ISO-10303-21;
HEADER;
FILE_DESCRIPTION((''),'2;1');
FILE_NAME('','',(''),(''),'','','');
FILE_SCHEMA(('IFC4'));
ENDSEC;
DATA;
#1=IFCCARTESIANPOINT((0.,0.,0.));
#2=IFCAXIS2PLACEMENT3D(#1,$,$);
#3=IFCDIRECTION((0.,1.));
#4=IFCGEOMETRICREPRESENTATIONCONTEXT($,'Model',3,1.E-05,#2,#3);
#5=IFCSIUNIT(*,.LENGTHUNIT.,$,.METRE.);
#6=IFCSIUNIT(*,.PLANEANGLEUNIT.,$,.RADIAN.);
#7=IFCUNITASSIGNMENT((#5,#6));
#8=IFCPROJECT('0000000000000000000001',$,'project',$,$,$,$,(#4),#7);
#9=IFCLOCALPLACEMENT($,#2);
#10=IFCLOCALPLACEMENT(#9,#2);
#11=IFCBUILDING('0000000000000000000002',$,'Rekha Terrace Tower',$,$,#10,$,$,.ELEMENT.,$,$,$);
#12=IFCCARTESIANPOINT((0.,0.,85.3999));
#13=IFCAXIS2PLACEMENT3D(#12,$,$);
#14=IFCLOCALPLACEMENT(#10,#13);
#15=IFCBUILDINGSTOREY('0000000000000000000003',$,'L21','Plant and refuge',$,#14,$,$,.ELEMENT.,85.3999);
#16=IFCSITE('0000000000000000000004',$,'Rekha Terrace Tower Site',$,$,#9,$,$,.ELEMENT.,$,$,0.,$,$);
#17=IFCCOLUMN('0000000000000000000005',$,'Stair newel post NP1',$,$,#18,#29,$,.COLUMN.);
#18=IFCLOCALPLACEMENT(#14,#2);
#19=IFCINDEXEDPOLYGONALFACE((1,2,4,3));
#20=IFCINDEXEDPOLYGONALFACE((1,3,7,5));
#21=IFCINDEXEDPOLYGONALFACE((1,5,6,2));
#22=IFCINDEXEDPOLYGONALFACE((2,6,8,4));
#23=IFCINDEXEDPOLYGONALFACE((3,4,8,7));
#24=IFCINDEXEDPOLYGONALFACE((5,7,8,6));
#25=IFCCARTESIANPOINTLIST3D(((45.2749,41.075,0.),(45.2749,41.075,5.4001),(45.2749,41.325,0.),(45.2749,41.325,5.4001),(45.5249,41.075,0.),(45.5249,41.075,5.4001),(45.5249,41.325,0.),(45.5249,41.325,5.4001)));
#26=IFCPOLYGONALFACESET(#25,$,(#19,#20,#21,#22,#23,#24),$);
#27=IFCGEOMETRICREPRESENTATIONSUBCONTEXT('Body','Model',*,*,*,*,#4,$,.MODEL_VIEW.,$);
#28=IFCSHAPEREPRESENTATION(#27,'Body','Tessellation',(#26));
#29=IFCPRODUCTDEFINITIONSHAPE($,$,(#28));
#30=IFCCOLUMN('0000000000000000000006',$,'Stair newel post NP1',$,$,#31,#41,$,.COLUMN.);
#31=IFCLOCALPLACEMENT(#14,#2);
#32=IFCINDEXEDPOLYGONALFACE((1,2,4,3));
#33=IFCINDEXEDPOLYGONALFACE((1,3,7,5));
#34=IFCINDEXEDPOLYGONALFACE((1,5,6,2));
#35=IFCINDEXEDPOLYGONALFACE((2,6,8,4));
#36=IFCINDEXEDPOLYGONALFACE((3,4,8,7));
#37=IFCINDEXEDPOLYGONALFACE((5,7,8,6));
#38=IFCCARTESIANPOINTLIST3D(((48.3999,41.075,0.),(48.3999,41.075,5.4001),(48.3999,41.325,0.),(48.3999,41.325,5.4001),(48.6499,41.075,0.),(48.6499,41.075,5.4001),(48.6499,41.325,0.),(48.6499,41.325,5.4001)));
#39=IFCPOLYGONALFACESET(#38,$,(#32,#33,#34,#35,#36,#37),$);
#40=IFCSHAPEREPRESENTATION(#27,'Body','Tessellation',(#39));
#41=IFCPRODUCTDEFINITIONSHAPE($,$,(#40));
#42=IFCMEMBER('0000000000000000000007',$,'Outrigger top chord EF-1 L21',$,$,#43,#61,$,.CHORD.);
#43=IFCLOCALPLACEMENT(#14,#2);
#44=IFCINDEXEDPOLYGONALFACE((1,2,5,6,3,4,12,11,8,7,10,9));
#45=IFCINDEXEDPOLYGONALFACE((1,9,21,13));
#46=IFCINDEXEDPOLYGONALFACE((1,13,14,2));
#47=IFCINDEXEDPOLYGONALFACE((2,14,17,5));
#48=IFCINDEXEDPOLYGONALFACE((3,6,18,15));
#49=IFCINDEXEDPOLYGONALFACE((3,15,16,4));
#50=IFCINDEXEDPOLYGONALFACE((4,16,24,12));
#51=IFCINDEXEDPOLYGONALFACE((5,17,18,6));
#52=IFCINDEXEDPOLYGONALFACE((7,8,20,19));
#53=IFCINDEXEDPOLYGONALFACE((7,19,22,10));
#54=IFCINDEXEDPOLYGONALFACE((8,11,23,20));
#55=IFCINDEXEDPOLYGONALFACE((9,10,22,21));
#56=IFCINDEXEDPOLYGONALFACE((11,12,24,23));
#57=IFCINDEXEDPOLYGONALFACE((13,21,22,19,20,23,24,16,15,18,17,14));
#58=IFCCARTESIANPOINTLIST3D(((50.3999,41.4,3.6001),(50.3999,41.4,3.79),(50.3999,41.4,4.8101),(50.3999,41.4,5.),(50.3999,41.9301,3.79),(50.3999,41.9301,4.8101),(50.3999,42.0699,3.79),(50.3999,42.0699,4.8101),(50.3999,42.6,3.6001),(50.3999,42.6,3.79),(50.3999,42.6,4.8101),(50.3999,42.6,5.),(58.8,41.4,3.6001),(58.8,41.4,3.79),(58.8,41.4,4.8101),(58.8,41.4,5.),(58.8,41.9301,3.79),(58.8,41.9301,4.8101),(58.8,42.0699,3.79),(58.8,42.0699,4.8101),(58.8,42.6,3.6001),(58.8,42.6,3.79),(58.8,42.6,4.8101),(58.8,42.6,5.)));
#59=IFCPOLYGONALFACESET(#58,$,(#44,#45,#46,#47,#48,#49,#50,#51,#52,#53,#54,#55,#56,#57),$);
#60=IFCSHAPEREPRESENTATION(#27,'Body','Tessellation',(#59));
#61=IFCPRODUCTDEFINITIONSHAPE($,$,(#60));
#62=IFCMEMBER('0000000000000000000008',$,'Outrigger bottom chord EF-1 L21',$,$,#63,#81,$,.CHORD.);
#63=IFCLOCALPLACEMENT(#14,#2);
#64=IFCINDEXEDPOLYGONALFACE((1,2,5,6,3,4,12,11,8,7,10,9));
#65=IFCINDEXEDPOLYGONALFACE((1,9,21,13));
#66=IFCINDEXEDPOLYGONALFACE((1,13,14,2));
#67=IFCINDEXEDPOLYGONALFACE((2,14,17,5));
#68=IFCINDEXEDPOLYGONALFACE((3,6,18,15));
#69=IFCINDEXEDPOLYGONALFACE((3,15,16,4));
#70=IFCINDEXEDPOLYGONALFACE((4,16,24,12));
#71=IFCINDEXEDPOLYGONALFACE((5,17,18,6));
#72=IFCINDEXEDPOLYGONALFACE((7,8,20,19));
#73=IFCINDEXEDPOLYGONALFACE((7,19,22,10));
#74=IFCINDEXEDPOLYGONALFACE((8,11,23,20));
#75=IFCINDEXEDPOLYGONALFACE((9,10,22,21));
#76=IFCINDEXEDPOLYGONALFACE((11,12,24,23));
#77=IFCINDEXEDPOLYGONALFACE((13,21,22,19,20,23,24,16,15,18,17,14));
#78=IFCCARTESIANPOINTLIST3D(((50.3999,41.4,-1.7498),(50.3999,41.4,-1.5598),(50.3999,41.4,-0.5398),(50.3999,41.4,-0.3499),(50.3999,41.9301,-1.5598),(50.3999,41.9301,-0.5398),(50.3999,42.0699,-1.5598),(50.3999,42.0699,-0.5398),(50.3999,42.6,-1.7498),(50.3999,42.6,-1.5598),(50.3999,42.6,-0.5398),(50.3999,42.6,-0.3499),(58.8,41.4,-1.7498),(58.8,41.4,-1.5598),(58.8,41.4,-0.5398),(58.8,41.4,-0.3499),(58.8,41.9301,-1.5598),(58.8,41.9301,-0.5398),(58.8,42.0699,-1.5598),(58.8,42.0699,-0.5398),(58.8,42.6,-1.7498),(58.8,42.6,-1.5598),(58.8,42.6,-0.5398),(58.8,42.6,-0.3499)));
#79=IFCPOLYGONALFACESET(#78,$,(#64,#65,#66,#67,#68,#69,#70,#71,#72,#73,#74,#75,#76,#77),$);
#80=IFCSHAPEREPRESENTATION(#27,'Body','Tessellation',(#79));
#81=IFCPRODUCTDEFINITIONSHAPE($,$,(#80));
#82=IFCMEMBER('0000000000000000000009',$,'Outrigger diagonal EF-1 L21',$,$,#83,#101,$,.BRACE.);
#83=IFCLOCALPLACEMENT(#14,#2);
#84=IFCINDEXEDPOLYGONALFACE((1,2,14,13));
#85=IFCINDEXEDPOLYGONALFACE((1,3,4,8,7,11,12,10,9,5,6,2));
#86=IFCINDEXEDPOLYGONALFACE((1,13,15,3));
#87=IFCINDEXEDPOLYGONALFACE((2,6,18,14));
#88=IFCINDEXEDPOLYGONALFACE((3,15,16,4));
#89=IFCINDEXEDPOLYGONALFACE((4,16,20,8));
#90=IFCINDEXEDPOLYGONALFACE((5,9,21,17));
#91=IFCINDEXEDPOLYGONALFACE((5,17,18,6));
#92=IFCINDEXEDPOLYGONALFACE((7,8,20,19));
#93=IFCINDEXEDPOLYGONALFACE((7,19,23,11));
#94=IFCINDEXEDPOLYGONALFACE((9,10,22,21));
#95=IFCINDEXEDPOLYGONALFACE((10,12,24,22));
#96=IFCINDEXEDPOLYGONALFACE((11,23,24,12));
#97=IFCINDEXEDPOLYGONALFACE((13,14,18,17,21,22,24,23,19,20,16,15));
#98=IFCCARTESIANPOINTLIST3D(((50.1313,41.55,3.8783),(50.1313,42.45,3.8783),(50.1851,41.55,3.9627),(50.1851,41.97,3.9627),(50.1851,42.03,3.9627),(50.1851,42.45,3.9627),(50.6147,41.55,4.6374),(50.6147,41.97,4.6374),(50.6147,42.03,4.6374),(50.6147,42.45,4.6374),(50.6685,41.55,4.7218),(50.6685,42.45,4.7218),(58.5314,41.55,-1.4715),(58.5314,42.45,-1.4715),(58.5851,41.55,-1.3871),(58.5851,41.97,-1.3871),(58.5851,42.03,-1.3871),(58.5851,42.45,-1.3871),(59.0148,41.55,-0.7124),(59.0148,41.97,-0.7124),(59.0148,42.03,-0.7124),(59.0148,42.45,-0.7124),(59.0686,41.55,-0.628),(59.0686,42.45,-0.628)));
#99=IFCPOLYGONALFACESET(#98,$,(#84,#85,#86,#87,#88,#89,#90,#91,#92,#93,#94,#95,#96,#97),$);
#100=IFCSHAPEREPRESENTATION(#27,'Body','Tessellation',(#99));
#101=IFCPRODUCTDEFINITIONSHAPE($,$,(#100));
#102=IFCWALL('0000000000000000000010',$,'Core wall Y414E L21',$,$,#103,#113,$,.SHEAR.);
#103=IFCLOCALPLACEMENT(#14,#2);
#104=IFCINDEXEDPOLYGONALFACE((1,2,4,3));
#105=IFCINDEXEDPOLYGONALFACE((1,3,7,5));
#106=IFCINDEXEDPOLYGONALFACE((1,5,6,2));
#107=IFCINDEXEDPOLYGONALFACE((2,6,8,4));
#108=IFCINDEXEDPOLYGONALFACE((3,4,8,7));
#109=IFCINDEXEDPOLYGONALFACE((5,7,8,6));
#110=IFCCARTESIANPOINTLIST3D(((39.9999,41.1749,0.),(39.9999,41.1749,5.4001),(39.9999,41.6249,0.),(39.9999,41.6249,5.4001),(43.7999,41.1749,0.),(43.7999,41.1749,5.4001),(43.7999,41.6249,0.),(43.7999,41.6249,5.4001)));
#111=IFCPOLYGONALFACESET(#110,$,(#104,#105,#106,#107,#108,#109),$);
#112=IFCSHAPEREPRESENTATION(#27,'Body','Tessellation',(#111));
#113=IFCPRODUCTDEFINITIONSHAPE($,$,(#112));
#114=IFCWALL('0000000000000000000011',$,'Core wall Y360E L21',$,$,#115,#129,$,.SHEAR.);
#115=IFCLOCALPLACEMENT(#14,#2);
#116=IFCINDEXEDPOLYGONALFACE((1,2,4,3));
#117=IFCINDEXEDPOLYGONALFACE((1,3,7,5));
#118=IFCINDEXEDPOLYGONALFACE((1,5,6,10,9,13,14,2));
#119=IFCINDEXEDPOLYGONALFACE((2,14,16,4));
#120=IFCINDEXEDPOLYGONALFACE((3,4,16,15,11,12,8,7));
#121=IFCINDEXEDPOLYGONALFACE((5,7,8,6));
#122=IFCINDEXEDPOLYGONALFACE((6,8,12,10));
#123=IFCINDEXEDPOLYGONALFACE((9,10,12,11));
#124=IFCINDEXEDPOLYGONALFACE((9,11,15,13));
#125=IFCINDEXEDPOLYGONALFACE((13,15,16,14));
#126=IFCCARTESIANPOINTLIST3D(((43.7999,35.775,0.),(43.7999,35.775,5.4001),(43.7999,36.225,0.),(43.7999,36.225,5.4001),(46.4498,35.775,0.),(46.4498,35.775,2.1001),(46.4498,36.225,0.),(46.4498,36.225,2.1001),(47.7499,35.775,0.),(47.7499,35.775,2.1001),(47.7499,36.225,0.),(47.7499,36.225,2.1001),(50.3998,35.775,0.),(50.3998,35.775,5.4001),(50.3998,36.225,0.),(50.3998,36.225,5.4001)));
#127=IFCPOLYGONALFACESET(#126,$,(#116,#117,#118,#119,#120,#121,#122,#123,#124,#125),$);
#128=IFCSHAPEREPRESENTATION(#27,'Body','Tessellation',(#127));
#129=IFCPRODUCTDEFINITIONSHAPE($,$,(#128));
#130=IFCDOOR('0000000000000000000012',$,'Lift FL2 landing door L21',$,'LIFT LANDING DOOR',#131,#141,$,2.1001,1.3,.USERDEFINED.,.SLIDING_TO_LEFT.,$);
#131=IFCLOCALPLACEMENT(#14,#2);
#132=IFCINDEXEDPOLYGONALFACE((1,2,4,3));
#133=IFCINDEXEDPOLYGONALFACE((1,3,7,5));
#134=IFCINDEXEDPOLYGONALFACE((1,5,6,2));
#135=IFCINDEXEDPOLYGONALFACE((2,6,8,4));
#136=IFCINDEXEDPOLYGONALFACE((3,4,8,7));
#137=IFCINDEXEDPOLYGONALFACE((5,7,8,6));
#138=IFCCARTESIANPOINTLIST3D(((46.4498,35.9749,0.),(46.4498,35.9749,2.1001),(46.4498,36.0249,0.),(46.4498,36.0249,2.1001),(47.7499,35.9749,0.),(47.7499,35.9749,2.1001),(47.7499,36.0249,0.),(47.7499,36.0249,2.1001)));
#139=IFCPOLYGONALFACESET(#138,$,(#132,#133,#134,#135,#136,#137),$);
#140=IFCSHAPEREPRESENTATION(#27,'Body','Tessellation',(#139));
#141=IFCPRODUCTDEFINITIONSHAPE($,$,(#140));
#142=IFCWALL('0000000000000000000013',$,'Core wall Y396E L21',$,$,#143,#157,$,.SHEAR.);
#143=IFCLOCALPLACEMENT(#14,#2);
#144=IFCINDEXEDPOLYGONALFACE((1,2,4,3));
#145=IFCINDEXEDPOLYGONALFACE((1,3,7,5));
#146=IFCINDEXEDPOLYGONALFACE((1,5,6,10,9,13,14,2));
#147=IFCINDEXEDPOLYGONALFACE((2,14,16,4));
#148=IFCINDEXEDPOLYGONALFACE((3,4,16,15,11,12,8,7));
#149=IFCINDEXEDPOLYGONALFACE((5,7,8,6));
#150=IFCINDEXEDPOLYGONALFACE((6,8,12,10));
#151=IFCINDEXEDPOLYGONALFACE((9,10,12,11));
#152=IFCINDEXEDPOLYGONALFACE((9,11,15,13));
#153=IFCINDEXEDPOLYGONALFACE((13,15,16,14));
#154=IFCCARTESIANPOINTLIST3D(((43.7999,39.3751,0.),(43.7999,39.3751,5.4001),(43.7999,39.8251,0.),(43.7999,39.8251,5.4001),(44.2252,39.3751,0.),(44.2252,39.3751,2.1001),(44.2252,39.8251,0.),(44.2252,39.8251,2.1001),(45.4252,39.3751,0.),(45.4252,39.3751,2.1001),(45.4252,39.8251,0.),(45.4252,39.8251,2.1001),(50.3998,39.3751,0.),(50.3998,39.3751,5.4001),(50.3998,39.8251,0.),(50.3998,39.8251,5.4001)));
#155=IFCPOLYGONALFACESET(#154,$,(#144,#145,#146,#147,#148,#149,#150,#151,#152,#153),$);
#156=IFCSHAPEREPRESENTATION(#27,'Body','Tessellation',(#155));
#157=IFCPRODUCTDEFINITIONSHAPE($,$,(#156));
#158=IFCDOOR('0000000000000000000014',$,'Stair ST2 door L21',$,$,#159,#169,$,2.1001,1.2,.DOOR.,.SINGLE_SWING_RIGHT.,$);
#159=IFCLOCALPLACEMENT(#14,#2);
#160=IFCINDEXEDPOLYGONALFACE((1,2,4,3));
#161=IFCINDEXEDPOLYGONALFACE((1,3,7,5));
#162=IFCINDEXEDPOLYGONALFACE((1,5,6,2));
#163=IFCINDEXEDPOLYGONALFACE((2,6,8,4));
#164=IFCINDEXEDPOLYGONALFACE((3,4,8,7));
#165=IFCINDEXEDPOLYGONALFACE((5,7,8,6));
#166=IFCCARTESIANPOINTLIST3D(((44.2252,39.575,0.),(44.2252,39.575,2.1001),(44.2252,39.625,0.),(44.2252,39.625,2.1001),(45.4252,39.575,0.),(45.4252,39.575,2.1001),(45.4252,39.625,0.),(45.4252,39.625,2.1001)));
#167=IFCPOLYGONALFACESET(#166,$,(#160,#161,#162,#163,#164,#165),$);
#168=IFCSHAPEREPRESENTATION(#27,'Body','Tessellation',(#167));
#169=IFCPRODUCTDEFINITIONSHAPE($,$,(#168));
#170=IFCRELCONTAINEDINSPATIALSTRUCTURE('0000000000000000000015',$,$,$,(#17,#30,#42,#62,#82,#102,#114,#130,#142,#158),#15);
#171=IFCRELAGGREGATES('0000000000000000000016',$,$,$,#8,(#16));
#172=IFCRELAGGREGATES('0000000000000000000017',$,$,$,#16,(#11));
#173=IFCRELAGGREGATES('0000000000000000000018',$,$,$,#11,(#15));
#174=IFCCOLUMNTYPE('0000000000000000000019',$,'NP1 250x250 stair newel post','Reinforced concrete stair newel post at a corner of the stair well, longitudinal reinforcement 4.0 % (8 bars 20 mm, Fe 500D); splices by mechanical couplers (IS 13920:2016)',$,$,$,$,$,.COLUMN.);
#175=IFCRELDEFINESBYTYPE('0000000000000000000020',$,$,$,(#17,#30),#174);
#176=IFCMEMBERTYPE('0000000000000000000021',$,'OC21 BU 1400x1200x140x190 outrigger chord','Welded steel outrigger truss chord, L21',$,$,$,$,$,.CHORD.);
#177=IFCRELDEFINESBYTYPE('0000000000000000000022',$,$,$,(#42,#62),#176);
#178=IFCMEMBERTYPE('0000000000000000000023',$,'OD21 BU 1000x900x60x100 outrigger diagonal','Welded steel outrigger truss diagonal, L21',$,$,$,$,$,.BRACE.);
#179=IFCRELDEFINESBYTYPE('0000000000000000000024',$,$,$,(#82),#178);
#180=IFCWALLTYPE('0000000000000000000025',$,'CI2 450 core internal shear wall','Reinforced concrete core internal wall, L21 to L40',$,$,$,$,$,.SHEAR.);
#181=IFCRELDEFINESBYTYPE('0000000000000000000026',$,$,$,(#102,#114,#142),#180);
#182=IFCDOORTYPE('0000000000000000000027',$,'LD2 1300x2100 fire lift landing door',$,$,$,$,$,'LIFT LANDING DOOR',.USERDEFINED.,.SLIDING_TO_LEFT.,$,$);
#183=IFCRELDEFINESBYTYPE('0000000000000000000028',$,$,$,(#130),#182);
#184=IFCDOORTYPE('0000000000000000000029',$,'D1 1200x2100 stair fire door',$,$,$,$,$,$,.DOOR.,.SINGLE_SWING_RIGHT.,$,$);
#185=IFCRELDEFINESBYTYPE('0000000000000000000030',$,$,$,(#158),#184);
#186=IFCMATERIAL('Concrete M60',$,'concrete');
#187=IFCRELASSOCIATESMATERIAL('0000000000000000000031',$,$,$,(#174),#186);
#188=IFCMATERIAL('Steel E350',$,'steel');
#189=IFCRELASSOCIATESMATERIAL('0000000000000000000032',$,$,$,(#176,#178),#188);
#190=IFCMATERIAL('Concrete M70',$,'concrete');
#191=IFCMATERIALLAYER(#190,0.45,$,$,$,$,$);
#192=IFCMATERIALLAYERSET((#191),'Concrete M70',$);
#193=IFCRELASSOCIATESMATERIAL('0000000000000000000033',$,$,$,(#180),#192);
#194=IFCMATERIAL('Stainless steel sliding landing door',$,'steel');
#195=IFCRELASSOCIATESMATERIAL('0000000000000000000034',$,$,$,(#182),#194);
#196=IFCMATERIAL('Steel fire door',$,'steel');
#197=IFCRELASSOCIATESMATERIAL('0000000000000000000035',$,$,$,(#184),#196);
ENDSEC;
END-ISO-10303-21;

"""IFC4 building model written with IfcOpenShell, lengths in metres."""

from ifc_helpers import new_model, si_unit, direction, frame, frame_2d, origin, origin_2d, place, context, subcontext, project, spatial, rectangle, i_section, extrude, material, layer, layer_set, material_profile, profile_set, type_object, element, fill, save


model = new_model("IFC4")

# Units and contexts
model_context = context("Model", 3, precision=1e-05, world=origin(), true_north=direction((0.0, 1.0)))
body_context = subcontext(model_context, "Body", "Model", "MODEL_VIEW")
ifc_project = project(units=[si_unit("LENGTHUNIT", "METRE"), si_unit("PLANEANGLEUNIT", "RADIAN")], contexts=[model_context])

# Site, building, storey
site_placement = place(None, origin())
site = spatial("IfcSite", under=ifc_project, at=site_placement, Name="Rekha Terrace Tower Site", CompositionType="ELEMENT", RefElevation=0.0)
building_placement = place(site_placement, origin())
building = spatial("IfcBuilding", under=site, at=building_placement, Name="Rekha Terrace Tower", CompositionType="ELEMENT")
storey_placement = place(building_placement, frame((0.0, 0.0, 85.3999)))
storey = spatial("IfcBuildingStorey", under=building, at=storey_placement, Name="L21", Description="Plant and refuge", CompositionType="ELEMENT", Elevation=85.3999)

# Columns
ifc_material_1 = material(Name="Concrete M60", Category="concrete")
ifc_material_profile_1 = material_profile(ifc_material_1, rectangle(XDim=0.25, YDim=0.25, at=origin_2d()), Name="RC 250x250")
ifc_profile_set_1 = profile_set([ifc_material_profile_1], Name="Concrete M60")
column_type = type_object("IfcColumnType", Name="NP1 250x250 stair newel post", Description="Reinforced concrete stair newel post at a corner of the stair well, longitudinal reinforcement 4.0 % (8 bars 20 mm, Fe 500D); splices by mechanical couplers (IS 13920:2016)", PredefinedType="COLUMN", material=ifc_profile_set_1)
for number, where, z_axis, x_axis, name in (
    (1, (45.3999, 41.2, 0.0), (0.0, 0.0, 1.0), (1.0, 0.0, 0.0), "Stair newel post NP1"),
    (2, (48.5249, 41.2, 0.0), (0.0, 0.0, 1.0), (1.0, 0.0, 0.0), "Stair newel post NP1"),
):
    element("IfcColumn", number, at=place(storey_placement, frame(where, z_axis=z_axis, x_axis=x_axis)), inside=storey, type_object=column_type, Name=name, PredefinedType="COLUMN", context=body_context, shape_type="SweptSolid", body=[
        extrude(rectangle(XDim=0.25, YDim=0.25, at=origin_2d()), origin(), (0.0, 0.0, 1.0), 5.4001),
    ])

# Members
ifc_material_2 = material(Name="Steel E350", Category="steel")
ifc_material_profile_2 = material_profile(ifc_material_2, i_section(OverallWidth=1.2, OverallDepth=1.3999, WebThickness=0.1399, FlangeThickness=0.1899, at=origin_2d()), Name="BU 1400x1200x140x190")
ifc_profile_set_2 = profile_set([ifc_material_profile_2], Name="Steel E350")
member_type_1 = type_object("IfcMemberType", Name="OC21 BU 1400x1200x140x190 outrigger chord", Description="Welded steel outrigger truss chord, L21", PredefinedType="CHORD", material=ifc_profile_set_2)
for number, where, z_axis, x_axis, name in (
    (3, (50.3999, 42.0, 4.3), (1.0, 0.0, 0.0), (0.0, 1.0, 0.0), "Outrigger top chord EF-1 L21"),
    (4, (50.3999, 42.0, -1.0498), (1.0, 0.0, 0.0), (0.0, 1.0, 0.0), "Outrigger bottom chord EF-1 L21"),
):
    element("IfcMember", number, at=place(storey_placement, frame(where, z_axis=z_axis, x_axis=x_axis)), inside=storey, type_object=member_type_1, Name=name, PredefinedType="CHORD", context=body_context, shape_type="SweptSolid", body=[
        extrude(i_section(OverallWidth=1.2, OverallDepth=1.3999, WebThickness=0.1399, FlangeThickness=0.1899, at=origin_2d()), origin(), (0.0, 0.0, 1.0), 8.4001),
    ])
ifc_material_profile_3 = material_profile(ifc_material_2, i_section(OverallWidth=0.8999, OverallDepth=1.0, WebThickness=0.0601, FlangeThickness=0.1001, at=origin_2d()), Name="BU 1000x900x60x100")
ifc_profile_set_3 = profile_set([ifc_material_profile_3], Name="Steel E350")
member_type_2 = type_object("IfcMemberType", Name="OD21 BU 1000x900x60x100 outrigger diagonal", Description="Welded steel outrigger truss diagonal, L21", PredefinedType="BRACE", material=ifc_profile_set_3)
member_placement = place(storey_placement, frame((50.3999, 42.0, 4.3), z_axis=(0.843466, 0.0, -0.537183), x_axis=(0.0, 1.0, 0.0)))
element("IfcMember", 5, at=member_placement, inside=storey, type_object=member_type_2, Name="Outrigger diagonal EF-1 L21", PredefinedType="BRACE", context=body_context, shape_type="SweptSolid", body=[
    extrude(i_section(OverallWidth=0.8999, OverallDepth=1.0, WebThickness=0.0601, FlangeThickness=0.1001, at=origin_2d()), origin(), (0.0, 0.0, 1.0), 9.959),
])

# Wall
ifc_material_3 = material(Name="Concrete M70", Category="concrete")
ifc_layer_1 = layer(ifc_material_3, 0.45)
ifc_layer_set_1 = layer_set([ifc_layer_1], Name="Concrete M70")
wall_type_1 = type_object("IfcWallType", Name="CI2 450 core internal shear wall", Description="Reinforced concrete core internal wall, L21 to L40", PredefinedType="SHEAR", material=ifc_layer_set_1)
wall_1_placement = place(storey_placement, frame((40.0, 41.3999, 0.0), z_axis=(0.0, 0.0, 1.0), x_axis=(1.0, 0.0, 0.0)))
element("IfcWall", 6, at=wall_1_placement, inside=storey, type_object=wall_type_1, Name="Core wall Y414E L21", PredefinedType="SHEAR", context=body_context, shape_type="SweptSolid", body=[
    extrude(rectangle(XDim=3.8, YDim=0.45, at=frame_2d((1.8999, 0.0))), origin(), (0.0, 0.0, 1.0), 5.4001),
])

# Walls, openings, doors
wall_2_placement = place(storey_placement, frame((43.8, 36.0, 0.0), z_axis=(0.0, 0.0, 1.0), x_axis=(1.0, 0.0, 0.0)))
wall_2 = element("IfcWall", 7, at=wall_2_placement, inside=storey, type_object=wall_type_1, Name="Core wall Y360E L21", PredefinedType="SHEAR", context=body_context, shape_type="SweptSolid", body=[
    extrude(rectangle(XDim=6.5999, YDim=0.45, at=frame_2d((3.2998, 0.0))), origin(), (0.0, 0.0, 1.0), 5.4001),
])
opening_1_placement = place(wall_2_placement, frame((2.6499, 0.0, 0.0)))
opening_1 = element("IfcOpeningElement", 8, at=opening_1_placement, cuts=wall_2, PredefinedType="OPENING", context=body_context, shape_type="SweptSolid", body=[
    extrude(rectangle(XDim=1.3, YDim=2.1001, at=frame_2d((0.6499, 1.05))), frame((0.0, 0.2349, 0.0), z_axis=(0.0, -1.0, 0.0), x_axis=(1.0, 0.0, 0.0)), (0.0, 0.0, 1.0), 0.47),
])
ifc_material_4 = material(Name="Stainless steel sliding landing door", Category="steel")
door_type_1 = type_object("IfcDoorType", Name="LD2 1300x2100 fire lift landing door", ElementType="LIFT LANDING DOOR", OperationType="SLIDING_TO_LEFT", PredefinedType="USERDEFINED", material=ifc_material_4)
door_1_placement = place(opening_1_placement, origin())
door_1 = element("IfcDoor", 9, at=door_1_placement, inside=storey, type_object=door_type_1, Name="Lift FL2 landing door L21", ObjectType="LIFT LANDING DOOR", OperationType="SLIDING_TO_LEFT", OverallHeight=2.1001, OverallWidth=1.3, PredefinedType="USERDEFINED", context=body_context, shape_type="SweptSolid", body=[
    extrude(rectangle(XDim=1.3, YDim=2.1001, at=frame_2d((0.6499, 1.05))), frame((0.0, 0.0249, 0.0), z_axis=(0.0, -1.0, 0.0), x_axis=(1.0, 0.0, 0.0)), (0.0, 0.0, 1.0), 0.05),
])
fill(opening_1, door_1)
wall_3_placement = place(storey_placement, frame((43.8, 39.6001, 0.0), z_axis=(0.0, 0.0, 1.0), x_axis=(1.0, 0.0, 0.0)))
wall_3 = element("IfcWall", 10, at=wall_3_placement, inside=storey, type_object=wall_type_1, Name="Core wall Y396E L21", PredefinedType="SHEAR", context=body_context, shape_type="SweptSolid", body=[
    extrude(rectangle(XDim=6.5999, YDim=0.45, at=frame_2d((3.2998, 0.0))), origin(), (0.0, 0.0, 1.0), 5.4001),
])
opening_2_placement = place(wall_3_placement, frame((0.425, 0.0, 0.0)))
opening_2 = element("IfcOpeningElement", 11, at=opening_2_placement, cuts=wall_3, PredefinedType="OPENING", context=body_context, shape_type="SweptSolid", body=[
    extrude(rectangle(XDim=1.2, YDim=2.1001, at=frame_2d((0.6001, 1.05))), frame((0.0, 0.2349, 0.0), z_axis=(0.0, -1.0, 0.0), x_axis=(1.0, 0.0, 0.0)), (0.0, 0.0, 1.0), 0.47),
])
ifc_material_5 = material(Name="Steel fire door", Category="steel")
door_type_2 = type_object("IfcDoorType", Name="D1 1200x2100 stair fire door", OperationType="SINGLE_SWING_RIGHT", PredefinedType="DOOR", material=ifc_material_5)
door_2_placement = place(opening_2_placement, origin())
door_2 = element("IfcDoor", 12, at=door_2_placement, inside=storey, type_object=door_type_2, Name="Stair ST2 door L21", OperationType="SINGLE_SWING_RIGHT", OverallHeight=2.1001, OverallWidth=1.2, PredefinedType="DOOR", context=body_context, shape_type="SweptSolid", body=[
    extrude(rectangle(XDim=1.2, YDim=2.1001, at=frame_2d((0.6001, 1.05))), frame((0.0, 0.0249, 0.0), z_axis=(0.0, -1.0, 0.0), x_axis=(1.0, 0.0, 0.0)), (0.0, 0.0, 1.0), 0.05),
])
fill(opening_2, door_2)

save(model, "model.ifc")
